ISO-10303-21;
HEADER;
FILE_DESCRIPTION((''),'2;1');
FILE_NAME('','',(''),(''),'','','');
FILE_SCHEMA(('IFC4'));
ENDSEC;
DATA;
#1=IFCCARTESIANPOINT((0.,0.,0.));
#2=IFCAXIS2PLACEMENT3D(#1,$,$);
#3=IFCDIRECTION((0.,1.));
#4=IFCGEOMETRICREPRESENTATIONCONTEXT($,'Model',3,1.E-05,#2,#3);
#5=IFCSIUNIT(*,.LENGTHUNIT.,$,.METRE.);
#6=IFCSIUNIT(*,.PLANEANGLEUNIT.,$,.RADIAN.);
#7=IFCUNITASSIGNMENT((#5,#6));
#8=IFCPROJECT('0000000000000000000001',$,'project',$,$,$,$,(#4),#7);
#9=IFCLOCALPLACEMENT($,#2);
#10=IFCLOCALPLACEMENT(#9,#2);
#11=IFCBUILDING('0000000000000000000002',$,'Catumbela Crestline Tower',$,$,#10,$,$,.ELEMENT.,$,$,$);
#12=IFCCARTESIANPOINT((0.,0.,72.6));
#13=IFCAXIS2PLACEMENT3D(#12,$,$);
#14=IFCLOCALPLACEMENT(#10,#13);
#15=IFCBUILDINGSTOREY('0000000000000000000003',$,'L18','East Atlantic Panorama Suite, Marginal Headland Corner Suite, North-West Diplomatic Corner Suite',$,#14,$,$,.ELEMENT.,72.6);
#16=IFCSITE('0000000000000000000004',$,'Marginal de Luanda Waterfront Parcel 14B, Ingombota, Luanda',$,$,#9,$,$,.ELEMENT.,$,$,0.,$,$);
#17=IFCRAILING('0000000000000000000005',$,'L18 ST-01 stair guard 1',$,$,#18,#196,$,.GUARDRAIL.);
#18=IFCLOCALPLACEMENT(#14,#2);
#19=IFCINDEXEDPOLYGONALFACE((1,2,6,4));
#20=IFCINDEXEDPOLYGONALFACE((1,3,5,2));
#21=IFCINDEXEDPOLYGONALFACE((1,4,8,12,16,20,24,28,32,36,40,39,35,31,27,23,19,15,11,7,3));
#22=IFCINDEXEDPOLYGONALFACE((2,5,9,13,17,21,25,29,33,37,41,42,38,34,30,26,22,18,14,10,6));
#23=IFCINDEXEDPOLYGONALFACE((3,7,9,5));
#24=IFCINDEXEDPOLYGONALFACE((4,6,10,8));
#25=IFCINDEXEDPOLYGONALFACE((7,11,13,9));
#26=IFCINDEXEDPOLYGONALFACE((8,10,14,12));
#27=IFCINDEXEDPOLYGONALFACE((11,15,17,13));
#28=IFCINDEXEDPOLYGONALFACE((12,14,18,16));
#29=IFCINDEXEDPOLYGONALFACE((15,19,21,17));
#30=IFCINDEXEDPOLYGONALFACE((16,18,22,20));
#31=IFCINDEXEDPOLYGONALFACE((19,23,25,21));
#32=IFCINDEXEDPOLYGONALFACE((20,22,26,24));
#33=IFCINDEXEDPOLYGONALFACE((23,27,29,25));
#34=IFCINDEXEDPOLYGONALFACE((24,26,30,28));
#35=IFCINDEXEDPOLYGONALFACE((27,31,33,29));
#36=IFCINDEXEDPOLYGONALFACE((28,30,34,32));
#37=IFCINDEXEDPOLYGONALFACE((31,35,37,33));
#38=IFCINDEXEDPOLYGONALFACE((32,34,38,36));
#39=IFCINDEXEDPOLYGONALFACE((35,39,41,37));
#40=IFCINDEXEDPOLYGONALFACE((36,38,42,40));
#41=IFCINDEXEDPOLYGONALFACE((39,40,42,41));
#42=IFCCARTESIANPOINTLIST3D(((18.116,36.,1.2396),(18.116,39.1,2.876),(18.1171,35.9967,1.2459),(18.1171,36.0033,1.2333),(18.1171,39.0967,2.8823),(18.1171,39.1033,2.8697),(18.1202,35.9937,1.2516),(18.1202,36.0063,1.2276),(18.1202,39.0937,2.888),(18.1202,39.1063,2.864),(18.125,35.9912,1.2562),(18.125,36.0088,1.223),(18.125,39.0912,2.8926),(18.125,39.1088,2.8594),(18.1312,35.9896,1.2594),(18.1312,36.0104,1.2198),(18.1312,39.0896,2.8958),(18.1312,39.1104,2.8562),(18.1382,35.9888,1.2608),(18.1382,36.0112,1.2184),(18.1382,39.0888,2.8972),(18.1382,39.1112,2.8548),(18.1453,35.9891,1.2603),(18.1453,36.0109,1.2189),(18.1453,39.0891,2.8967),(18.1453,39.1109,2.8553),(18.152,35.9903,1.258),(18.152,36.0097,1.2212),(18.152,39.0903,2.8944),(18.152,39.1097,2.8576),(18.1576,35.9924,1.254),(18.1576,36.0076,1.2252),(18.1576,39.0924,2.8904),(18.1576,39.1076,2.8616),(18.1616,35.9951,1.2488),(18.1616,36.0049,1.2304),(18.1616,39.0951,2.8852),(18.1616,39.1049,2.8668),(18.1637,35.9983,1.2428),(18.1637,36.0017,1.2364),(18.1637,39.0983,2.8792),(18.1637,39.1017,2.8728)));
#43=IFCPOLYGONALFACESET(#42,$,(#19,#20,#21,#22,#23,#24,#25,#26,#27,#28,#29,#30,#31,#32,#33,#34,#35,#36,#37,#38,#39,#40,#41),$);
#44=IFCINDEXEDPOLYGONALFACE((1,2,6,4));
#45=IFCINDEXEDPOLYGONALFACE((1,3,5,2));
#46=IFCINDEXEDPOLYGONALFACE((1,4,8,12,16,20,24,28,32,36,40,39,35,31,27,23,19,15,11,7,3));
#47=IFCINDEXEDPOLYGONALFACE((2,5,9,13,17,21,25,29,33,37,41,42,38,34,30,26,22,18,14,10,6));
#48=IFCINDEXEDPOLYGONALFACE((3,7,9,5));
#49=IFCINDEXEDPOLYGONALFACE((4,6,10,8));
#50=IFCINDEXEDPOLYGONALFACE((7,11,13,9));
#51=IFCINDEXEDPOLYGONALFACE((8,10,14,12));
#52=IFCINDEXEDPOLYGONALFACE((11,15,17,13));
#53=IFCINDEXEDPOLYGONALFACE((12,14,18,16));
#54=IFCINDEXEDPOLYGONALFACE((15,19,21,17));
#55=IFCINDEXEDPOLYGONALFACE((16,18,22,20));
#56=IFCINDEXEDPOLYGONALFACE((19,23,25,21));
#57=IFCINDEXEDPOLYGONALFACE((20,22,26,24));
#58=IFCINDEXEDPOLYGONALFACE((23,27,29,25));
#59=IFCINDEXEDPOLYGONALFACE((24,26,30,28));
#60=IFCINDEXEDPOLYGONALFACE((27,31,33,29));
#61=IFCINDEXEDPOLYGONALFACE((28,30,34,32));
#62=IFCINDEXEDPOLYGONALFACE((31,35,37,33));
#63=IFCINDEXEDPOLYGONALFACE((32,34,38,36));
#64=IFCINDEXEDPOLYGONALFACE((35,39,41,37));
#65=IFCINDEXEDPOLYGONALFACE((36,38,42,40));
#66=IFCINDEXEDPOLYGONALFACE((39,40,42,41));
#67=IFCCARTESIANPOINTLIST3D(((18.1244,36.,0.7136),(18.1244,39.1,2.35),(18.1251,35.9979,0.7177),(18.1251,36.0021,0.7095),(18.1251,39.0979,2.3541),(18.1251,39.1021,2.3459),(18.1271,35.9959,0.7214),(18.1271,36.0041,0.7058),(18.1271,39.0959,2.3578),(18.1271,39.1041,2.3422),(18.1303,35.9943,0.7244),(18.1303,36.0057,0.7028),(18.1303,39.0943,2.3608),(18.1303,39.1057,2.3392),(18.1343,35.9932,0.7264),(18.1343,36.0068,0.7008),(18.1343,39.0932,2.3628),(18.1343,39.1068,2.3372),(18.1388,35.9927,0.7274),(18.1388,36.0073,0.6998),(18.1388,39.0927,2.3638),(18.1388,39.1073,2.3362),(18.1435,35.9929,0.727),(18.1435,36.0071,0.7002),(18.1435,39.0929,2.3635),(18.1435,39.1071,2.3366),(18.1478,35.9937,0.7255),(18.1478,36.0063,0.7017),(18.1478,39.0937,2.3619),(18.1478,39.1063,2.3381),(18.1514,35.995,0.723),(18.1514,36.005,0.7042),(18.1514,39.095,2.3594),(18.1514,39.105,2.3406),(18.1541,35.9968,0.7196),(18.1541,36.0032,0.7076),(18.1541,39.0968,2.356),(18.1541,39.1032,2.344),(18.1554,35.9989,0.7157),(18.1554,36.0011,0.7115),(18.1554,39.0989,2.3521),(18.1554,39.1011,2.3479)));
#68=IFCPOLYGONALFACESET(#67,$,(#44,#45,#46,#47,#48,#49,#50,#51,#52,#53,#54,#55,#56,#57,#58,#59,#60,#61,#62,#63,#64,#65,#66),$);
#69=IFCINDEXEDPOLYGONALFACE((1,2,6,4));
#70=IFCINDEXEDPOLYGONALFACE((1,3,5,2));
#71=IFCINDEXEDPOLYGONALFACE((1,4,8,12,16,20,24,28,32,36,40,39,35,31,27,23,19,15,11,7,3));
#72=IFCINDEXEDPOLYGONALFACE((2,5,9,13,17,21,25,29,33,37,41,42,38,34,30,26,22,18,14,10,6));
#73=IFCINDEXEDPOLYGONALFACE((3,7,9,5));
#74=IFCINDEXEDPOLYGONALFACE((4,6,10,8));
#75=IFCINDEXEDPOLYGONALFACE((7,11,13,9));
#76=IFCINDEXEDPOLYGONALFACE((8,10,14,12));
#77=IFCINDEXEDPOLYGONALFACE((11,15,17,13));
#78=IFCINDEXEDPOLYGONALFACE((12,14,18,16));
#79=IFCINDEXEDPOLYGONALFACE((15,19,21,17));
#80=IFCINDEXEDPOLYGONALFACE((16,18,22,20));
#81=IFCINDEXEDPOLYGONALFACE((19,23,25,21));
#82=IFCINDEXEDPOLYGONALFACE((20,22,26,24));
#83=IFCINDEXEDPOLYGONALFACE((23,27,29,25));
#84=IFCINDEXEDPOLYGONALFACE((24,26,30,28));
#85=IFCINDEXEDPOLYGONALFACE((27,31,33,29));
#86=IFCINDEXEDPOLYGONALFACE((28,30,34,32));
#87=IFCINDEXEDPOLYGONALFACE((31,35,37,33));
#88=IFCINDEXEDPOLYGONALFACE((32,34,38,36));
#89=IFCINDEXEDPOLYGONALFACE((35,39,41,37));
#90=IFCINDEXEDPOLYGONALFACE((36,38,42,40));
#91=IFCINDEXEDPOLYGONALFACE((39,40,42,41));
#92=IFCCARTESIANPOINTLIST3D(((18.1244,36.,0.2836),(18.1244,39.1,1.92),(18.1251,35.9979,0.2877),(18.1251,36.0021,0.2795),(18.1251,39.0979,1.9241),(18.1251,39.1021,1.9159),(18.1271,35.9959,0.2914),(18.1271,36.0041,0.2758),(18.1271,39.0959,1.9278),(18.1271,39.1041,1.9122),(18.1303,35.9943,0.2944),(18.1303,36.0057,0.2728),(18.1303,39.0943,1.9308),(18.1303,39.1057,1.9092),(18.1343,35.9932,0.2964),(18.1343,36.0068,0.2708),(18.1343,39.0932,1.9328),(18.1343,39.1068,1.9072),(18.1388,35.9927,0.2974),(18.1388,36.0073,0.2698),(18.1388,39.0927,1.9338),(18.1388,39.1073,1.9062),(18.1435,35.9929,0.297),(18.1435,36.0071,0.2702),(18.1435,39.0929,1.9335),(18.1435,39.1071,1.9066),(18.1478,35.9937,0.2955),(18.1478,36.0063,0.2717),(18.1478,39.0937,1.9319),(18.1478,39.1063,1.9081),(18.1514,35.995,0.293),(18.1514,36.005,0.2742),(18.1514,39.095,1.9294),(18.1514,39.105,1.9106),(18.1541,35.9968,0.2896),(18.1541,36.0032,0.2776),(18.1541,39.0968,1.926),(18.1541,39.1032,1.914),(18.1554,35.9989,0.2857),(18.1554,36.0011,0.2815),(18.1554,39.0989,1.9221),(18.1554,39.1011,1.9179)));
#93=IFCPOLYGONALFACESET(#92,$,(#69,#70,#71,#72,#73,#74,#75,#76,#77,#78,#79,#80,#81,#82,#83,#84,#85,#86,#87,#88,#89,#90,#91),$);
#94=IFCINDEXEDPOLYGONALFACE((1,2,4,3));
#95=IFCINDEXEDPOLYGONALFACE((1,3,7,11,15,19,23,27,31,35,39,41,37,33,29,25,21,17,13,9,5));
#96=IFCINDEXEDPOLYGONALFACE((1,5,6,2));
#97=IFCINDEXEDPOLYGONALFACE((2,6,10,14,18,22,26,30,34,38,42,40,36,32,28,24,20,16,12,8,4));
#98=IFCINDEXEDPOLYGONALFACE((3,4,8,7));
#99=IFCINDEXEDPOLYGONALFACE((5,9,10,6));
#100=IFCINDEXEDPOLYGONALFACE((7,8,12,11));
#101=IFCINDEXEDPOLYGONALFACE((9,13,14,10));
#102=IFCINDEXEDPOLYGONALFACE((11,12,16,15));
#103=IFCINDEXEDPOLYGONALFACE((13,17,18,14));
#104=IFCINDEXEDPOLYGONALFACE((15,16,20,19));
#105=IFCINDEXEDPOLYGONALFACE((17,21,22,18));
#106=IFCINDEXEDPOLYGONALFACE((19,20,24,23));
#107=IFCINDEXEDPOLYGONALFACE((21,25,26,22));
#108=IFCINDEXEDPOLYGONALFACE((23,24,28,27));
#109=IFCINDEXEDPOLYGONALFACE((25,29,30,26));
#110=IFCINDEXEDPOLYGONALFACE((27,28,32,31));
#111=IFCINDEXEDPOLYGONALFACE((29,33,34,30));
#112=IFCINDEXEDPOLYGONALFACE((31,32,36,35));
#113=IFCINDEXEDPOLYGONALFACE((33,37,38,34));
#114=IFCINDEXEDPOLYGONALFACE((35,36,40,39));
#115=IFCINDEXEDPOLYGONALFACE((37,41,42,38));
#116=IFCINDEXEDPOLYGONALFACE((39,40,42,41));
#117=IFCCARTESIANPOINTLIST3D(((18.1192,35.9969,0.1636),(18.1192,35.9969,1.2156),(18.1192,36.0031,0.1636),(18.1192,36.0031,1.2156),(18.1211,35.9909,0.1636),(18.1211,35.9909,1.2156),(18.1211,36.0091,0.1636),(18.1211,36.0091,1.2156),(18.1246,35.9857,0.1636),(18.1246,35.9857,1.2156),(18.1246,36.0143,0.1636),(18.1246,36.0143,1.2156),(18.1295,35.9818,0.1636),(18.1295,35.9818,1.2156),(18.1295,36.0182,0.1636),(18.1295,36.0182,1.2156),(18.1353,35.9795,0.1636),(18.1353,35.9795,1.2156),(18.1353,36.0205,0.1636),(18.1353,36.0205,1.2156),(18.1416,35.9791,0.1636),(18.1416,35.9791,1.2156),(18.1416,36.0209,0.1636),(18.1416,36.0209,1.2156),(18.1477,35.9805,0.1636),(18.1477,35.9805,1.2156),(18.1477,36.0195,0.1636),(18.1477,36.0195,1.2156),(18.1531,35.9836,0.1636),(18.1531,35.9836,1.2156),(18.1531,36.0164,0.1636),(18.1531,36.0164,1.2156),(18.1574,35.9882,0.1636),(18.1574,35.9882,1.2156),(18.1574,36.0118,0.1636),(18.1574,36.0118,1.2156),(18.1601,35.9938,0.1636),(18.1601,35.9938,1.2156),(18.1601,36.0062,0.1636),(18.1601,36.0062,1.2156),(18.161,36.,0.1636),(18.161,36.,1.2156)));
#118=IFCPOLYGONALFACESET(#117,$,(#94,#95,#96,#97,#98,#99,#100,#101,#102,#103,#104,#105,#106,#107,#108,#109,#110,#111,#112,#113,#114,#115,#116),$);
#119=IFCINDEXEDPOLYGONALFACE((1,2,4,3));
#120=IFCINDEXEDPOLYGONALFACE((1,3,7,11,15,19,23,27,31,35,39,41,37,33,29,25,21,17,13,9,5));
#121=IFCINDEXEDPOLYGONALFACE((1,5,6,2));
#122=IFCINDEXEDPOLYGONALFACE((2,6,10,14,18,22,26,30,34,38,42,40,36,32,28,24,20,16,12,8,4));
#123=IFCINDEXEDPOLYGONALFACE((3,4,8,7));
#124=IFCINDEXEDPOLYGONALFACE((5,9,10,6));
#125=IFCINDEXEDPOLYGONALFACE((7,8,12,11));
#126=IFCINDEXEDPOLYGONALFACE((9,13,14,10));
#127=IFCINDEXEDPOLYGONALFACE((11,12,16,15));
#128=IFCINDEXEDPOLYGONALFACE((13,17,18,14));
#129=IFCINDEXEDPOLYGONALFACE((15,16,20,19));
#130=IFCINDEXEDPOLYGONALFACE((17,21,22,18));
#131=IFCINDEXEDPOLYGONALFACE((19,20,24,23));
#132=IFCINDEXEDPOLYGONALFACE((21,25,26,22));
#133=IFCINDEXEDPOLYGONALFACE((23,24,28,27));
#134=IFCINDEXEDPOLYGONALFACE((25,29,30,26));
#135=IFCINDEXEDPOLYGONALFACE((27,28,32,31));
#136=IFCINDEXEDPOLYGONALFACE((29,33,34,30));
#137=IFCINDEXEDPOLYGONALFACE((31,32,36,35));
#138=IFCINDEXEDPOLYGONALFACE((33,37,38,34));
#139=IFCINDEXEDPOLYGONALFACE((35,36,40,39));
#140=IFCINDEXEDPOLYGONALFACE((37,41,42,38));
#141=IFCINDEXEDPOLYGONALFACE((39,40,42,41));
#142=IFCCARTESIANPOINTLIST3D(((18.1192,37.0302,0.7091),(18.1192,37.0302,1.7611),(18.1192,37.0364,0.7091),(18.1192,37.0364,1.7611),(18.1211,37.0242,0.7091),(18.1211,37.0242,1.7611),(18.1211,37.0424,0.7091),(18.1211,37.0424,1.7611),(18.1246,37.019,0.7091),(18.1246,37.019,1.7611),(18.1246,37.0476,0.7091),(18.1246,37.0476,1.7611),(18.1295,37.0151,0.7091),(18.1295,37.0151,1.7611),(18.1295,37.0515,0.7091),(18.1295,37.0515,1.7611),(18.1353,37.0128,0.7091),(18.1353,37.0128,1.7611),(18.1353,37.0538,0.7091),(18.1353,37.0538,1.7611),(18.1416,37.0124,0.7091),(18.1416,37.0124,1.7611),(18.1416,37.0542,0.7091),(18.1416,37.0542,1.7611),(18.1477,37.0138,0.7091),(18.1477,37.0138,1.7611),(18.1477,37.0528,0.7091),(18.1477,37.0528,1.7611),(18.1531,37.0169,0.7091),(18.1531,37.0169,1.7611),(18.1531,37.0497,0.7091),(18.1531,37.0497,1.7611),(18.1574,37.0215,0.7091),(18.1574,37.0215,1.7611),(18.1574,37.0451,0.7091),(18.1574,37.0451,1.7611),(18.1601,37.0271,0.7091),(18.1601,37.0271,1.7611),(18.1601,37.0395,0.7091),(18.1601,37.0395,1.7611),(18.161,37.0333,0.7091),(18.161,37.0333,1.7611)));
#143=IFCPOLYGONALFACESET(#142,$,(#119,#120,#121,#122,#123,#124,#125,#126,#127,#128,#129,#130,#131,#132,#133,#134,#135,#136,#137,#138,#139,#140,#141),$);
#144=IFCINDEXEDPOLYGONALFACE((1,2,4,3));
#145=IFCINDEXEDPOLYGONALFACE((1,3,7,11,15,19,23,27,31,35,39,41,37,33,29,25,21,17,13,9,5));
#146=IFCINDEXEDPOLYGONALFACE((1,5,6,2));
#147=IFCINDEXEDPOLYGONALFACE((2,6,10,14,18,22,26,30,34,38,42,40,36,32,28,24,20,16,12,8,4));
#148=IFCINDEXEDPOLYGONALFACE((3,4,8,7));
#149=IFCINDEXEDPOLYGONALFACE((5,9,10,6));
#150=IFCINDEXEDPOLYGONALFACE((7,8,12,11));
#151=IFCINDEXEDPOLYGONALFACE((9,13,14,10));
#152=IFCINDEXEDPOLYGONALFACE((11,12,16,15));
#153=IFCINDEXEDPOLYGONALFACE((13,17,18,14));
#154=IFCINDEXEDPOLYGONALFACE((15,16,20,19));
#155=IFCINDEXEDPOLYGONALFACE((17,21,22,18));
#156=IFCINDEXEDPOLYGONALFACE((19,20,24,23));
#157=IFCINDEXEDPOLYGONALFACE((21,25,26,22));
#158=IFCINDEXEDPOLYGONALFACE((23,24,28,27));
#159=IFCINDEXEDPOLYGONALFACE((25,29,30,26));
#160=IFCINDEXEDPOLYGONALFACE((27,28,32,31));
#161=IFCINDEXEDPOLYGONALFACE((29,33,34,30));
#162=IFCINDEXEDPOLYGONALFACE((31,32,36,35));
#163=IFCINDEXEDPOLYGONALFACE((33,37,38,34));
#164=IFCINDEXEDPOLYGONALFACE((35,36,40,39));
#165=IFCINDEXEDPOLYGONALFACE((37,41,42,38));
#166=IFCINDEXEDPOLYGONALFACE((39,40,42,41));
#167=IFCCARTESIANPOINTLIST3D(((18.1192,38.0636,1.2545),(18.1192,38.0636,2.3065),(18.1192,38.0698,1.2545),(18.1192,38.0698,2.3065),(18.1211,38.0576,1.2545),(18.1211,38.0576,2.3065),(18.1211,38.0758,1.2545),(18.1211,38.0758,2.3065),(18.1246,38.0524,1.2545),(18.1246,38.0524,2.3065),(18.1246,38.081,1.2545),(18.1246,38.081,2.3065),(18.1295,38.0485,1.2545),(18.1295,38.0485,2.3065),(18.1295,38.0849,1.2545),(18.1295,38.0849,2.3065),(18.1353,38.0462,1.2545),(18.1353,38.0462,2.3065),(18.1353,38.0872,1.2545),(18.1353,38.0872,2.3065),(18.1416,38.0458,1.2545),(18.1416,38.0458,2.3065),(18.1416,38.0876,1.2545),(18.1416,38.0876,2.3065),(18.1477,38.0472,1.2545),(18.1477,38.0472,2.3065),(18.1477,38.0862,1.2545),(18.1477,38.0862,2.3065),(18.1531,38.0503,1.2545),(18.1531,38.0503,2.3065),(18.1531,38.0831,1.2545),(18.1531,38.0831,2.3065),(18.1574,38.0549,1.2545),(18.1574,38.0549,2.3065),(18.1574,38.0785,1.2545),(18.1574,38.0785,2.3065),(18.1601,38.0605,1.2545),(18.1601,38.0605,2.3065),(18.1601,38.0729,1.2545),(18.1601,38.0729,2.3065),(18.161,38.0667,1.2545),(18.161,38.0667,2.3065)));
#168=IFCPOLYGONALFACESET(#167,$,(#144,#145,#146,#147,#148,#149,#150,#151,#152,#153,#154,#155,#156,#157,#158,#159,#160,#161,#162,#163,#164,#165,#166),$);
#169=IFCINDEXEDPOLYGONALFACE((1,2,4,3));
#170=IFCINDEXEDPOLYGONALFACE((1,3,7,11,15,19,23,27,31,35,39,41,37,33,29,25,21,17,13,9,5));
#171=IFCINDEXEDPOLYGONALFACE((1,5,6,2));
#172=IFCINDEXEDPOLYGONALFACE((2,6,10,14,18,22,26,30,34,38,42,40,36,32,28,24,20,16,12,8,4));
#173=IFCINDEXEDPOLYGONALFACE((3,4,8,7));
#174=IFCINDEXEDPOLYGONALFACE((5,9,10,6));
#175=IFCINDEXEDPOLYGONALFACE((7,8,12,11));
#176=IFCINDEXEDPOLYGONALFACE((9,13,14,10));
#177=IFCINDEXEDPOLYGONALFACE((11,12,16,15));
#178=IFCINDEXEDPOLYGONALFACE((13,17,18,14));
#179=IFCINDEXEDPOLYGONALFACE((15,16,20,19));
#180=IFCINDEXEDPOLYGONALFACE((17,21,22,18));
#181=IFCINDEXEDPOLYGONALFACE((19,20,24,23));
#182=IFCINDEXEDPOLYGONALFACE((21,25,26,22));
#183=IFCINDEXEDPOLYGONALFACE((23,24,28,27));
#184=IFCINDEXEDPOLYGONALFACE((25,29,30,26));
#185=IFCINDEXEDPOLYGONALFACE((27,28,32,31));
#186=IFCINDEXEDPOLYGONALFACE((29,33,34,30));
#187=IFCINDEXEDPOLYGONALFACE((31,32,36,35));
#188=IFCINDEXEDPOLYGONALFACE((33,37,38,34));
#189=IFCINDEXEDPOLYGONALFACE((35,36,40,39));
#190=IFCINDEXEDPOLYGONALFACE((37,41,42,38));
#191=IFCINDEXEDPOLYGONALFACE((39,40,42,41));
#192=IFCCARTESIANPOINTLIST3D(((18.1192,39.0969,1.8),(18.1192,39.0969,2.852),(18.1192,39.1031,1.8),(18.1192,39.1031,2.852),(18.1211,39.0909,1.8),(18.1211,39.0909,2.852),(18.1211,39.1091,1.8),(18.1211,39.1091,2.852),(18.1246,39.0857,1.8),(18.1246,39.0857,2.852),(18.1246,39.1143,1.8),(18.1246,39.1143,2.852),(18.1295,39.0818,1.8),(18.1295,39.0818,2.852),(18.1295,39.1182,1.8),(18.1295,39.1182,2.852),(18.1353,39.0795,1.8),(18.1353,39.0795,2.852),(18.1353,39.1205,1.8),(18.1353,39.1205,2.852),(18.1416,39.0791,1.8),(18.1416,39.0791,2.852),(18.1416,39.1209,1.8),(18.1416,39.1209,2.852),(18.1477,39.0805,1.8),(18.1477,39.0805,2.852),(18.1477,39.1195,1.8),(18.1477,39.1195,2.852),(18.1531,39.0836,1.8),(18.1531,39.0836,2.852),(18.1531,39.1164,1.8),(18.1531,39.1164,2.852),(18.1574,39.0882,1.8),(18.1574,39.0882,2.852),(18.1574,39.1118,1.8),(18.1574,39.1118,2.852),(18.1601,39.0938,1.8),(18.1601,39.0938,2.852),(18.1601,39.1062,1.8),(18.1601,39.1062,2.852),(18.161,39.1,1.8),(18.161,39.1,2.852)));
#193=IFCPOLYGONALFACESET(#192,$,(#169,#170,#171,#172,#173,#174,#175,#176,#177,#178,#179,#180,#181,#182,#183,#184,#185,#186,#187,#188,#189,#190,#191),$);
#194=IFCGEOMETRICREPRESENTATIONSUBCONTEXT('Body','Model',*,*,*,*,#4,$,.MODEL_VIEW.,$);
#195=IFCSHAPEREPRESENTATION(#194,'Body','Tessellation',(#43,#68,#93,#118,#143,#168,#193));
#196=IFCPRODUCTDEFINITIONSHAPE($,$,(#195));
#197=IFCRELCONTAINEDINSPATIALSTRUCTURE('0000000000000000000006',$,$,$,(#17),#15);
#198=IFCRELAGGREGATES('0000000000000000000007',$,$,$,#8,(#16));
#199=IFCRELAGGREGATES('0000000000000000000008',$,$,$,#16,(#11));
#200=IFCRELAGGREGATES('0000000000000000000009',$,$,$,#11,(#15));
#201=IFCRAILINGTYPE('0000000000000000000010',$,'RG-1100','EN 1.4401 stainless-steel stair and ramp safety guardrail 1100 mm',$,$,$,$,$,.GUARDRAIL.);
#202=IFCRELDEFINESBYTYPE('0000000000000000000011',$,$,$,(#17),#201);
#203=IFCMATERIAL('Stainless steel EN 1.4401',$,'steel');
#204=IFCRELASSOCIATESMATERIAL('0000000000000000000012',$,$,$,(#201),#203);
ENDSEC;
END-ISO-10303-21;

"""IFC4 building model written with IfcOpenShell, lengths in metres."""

from ifc_helpers import new_model, si_unit, direction, frame, origin, origin_2d, place, context, subcontext, project, spatial, circle, extrude, material, type_object, element, save


model = new_model("IFC4")

# Units and contexts
model_context = context("Model", 3, precision=1e-05, world=origin(), true_north=direction((0.0, 1.0)))
body_context = subcontext(model_context, "Body", "Model", "MODEL_VIEW")
ifc_project = project(units=[si_unit("LENGTHUNIT", "METRE"), si_unit("PLANEANGLEUNIT", "RADIAN")], contexts=[model_context])

# Site, building, storey
site_placement = place(None, origin())
site = spatial("IfcSite", under=ifc_project, at=site_placement, Name="Marginal de Luanda Waterfront Parcel 14B, Ingombota, Luanda", CompositionType="ELEMENT", RefElevation=0.0)
building_placement = place(site_placement, origin())
building = spatial("IfcBuilding", under=site, at=building_placement, Name="Catumbela Crestline Tower", CompositionType="ELEMENT")
storey_placement = place(building_placement, frame((0.0, 0.0, 72.6)))
storey = spatial("IfcBuildingStorey", under=building, at=storey_placement, Name="L18", Description="East Atlantic Panorama Suite, Marginal Headland Corner Suite, North-West Diplomatic Corner Suite", CompositionType="ELEMENT", Elevation=72.6)

# Shared definitions
ifc_material_1 = material(Name="Stainless steel EN 1.4401", Category="steel")

# Railing
railing_type_1 = type_object("IfcRailingType", Name="RG-1100", Description="EN 1.4401 stainless-steel stair and ramp safety guardrail 1100 mm", PredefinedType="GUARDRAIL", material=ifc_material_1)
railing_1_placement = place(storey_placement, frame((18.14, 36.0, 0.1636)))
element("IfcRailing", 1, at=railing_1_placement, inside=storey, type_object=railing_type_1, Name="L18 ST-01 stair guard 1", PredefinedType="GUARDRAIL", context=body_context, shape_type="SweptSolid", body=[
    extrude(circle(Radius=0.024, at=origin_2d()), frame((0.0, 0.0, 1.076), z_axis=(0.0, 0.884351, 0.466823), x_axis=(-1.0, 0.0, 0.0)), (0.0, 0.0, 1.0), 3.5054),
    extrude(circle(Radius=0.0156, at=origin_2d()), frame((0.0, 0.0, 0.55), z_axis=(0.0, 0.884351, 0.466823), x_axis=(-1.0, 0.0, 0.0)), (0.0, 0.0, 1.0), 3.5054),
    extrude(circle(Radius=0.0156, at=origin_2d()), frame((0.0, 0.0, 0.12), z_axis=(0.0, 0.884351, 0.466823), x_axis=(-1.0, 0.0, 0.0)), (0.0, 0.0, 1.0), 3.5054),
    extrude(circle(Radius=0.021, at=origin_2d()), origin(), (0.0, 0.0, 1.0), 1.052),
    extrude(circle(Radius=0.021, at=origin_2d()), frame((0.0, 1.0333, 0.5455)), (0.0, 0.0, 1.0), 1.052),
    extrude(circle(Radius=0.021, at=origin_2d()), frame((0.0, 2.0667, 1.0909)), (0.0, 0.0, 1.0), 1.052),
    extrude(circle(Radius=0.021, at=origin_2d()), frame((0.0, 3.1, 1.6364)), (0.0, 0.0, 1.0), 1.052),
])

save(model, "model.ifc")
